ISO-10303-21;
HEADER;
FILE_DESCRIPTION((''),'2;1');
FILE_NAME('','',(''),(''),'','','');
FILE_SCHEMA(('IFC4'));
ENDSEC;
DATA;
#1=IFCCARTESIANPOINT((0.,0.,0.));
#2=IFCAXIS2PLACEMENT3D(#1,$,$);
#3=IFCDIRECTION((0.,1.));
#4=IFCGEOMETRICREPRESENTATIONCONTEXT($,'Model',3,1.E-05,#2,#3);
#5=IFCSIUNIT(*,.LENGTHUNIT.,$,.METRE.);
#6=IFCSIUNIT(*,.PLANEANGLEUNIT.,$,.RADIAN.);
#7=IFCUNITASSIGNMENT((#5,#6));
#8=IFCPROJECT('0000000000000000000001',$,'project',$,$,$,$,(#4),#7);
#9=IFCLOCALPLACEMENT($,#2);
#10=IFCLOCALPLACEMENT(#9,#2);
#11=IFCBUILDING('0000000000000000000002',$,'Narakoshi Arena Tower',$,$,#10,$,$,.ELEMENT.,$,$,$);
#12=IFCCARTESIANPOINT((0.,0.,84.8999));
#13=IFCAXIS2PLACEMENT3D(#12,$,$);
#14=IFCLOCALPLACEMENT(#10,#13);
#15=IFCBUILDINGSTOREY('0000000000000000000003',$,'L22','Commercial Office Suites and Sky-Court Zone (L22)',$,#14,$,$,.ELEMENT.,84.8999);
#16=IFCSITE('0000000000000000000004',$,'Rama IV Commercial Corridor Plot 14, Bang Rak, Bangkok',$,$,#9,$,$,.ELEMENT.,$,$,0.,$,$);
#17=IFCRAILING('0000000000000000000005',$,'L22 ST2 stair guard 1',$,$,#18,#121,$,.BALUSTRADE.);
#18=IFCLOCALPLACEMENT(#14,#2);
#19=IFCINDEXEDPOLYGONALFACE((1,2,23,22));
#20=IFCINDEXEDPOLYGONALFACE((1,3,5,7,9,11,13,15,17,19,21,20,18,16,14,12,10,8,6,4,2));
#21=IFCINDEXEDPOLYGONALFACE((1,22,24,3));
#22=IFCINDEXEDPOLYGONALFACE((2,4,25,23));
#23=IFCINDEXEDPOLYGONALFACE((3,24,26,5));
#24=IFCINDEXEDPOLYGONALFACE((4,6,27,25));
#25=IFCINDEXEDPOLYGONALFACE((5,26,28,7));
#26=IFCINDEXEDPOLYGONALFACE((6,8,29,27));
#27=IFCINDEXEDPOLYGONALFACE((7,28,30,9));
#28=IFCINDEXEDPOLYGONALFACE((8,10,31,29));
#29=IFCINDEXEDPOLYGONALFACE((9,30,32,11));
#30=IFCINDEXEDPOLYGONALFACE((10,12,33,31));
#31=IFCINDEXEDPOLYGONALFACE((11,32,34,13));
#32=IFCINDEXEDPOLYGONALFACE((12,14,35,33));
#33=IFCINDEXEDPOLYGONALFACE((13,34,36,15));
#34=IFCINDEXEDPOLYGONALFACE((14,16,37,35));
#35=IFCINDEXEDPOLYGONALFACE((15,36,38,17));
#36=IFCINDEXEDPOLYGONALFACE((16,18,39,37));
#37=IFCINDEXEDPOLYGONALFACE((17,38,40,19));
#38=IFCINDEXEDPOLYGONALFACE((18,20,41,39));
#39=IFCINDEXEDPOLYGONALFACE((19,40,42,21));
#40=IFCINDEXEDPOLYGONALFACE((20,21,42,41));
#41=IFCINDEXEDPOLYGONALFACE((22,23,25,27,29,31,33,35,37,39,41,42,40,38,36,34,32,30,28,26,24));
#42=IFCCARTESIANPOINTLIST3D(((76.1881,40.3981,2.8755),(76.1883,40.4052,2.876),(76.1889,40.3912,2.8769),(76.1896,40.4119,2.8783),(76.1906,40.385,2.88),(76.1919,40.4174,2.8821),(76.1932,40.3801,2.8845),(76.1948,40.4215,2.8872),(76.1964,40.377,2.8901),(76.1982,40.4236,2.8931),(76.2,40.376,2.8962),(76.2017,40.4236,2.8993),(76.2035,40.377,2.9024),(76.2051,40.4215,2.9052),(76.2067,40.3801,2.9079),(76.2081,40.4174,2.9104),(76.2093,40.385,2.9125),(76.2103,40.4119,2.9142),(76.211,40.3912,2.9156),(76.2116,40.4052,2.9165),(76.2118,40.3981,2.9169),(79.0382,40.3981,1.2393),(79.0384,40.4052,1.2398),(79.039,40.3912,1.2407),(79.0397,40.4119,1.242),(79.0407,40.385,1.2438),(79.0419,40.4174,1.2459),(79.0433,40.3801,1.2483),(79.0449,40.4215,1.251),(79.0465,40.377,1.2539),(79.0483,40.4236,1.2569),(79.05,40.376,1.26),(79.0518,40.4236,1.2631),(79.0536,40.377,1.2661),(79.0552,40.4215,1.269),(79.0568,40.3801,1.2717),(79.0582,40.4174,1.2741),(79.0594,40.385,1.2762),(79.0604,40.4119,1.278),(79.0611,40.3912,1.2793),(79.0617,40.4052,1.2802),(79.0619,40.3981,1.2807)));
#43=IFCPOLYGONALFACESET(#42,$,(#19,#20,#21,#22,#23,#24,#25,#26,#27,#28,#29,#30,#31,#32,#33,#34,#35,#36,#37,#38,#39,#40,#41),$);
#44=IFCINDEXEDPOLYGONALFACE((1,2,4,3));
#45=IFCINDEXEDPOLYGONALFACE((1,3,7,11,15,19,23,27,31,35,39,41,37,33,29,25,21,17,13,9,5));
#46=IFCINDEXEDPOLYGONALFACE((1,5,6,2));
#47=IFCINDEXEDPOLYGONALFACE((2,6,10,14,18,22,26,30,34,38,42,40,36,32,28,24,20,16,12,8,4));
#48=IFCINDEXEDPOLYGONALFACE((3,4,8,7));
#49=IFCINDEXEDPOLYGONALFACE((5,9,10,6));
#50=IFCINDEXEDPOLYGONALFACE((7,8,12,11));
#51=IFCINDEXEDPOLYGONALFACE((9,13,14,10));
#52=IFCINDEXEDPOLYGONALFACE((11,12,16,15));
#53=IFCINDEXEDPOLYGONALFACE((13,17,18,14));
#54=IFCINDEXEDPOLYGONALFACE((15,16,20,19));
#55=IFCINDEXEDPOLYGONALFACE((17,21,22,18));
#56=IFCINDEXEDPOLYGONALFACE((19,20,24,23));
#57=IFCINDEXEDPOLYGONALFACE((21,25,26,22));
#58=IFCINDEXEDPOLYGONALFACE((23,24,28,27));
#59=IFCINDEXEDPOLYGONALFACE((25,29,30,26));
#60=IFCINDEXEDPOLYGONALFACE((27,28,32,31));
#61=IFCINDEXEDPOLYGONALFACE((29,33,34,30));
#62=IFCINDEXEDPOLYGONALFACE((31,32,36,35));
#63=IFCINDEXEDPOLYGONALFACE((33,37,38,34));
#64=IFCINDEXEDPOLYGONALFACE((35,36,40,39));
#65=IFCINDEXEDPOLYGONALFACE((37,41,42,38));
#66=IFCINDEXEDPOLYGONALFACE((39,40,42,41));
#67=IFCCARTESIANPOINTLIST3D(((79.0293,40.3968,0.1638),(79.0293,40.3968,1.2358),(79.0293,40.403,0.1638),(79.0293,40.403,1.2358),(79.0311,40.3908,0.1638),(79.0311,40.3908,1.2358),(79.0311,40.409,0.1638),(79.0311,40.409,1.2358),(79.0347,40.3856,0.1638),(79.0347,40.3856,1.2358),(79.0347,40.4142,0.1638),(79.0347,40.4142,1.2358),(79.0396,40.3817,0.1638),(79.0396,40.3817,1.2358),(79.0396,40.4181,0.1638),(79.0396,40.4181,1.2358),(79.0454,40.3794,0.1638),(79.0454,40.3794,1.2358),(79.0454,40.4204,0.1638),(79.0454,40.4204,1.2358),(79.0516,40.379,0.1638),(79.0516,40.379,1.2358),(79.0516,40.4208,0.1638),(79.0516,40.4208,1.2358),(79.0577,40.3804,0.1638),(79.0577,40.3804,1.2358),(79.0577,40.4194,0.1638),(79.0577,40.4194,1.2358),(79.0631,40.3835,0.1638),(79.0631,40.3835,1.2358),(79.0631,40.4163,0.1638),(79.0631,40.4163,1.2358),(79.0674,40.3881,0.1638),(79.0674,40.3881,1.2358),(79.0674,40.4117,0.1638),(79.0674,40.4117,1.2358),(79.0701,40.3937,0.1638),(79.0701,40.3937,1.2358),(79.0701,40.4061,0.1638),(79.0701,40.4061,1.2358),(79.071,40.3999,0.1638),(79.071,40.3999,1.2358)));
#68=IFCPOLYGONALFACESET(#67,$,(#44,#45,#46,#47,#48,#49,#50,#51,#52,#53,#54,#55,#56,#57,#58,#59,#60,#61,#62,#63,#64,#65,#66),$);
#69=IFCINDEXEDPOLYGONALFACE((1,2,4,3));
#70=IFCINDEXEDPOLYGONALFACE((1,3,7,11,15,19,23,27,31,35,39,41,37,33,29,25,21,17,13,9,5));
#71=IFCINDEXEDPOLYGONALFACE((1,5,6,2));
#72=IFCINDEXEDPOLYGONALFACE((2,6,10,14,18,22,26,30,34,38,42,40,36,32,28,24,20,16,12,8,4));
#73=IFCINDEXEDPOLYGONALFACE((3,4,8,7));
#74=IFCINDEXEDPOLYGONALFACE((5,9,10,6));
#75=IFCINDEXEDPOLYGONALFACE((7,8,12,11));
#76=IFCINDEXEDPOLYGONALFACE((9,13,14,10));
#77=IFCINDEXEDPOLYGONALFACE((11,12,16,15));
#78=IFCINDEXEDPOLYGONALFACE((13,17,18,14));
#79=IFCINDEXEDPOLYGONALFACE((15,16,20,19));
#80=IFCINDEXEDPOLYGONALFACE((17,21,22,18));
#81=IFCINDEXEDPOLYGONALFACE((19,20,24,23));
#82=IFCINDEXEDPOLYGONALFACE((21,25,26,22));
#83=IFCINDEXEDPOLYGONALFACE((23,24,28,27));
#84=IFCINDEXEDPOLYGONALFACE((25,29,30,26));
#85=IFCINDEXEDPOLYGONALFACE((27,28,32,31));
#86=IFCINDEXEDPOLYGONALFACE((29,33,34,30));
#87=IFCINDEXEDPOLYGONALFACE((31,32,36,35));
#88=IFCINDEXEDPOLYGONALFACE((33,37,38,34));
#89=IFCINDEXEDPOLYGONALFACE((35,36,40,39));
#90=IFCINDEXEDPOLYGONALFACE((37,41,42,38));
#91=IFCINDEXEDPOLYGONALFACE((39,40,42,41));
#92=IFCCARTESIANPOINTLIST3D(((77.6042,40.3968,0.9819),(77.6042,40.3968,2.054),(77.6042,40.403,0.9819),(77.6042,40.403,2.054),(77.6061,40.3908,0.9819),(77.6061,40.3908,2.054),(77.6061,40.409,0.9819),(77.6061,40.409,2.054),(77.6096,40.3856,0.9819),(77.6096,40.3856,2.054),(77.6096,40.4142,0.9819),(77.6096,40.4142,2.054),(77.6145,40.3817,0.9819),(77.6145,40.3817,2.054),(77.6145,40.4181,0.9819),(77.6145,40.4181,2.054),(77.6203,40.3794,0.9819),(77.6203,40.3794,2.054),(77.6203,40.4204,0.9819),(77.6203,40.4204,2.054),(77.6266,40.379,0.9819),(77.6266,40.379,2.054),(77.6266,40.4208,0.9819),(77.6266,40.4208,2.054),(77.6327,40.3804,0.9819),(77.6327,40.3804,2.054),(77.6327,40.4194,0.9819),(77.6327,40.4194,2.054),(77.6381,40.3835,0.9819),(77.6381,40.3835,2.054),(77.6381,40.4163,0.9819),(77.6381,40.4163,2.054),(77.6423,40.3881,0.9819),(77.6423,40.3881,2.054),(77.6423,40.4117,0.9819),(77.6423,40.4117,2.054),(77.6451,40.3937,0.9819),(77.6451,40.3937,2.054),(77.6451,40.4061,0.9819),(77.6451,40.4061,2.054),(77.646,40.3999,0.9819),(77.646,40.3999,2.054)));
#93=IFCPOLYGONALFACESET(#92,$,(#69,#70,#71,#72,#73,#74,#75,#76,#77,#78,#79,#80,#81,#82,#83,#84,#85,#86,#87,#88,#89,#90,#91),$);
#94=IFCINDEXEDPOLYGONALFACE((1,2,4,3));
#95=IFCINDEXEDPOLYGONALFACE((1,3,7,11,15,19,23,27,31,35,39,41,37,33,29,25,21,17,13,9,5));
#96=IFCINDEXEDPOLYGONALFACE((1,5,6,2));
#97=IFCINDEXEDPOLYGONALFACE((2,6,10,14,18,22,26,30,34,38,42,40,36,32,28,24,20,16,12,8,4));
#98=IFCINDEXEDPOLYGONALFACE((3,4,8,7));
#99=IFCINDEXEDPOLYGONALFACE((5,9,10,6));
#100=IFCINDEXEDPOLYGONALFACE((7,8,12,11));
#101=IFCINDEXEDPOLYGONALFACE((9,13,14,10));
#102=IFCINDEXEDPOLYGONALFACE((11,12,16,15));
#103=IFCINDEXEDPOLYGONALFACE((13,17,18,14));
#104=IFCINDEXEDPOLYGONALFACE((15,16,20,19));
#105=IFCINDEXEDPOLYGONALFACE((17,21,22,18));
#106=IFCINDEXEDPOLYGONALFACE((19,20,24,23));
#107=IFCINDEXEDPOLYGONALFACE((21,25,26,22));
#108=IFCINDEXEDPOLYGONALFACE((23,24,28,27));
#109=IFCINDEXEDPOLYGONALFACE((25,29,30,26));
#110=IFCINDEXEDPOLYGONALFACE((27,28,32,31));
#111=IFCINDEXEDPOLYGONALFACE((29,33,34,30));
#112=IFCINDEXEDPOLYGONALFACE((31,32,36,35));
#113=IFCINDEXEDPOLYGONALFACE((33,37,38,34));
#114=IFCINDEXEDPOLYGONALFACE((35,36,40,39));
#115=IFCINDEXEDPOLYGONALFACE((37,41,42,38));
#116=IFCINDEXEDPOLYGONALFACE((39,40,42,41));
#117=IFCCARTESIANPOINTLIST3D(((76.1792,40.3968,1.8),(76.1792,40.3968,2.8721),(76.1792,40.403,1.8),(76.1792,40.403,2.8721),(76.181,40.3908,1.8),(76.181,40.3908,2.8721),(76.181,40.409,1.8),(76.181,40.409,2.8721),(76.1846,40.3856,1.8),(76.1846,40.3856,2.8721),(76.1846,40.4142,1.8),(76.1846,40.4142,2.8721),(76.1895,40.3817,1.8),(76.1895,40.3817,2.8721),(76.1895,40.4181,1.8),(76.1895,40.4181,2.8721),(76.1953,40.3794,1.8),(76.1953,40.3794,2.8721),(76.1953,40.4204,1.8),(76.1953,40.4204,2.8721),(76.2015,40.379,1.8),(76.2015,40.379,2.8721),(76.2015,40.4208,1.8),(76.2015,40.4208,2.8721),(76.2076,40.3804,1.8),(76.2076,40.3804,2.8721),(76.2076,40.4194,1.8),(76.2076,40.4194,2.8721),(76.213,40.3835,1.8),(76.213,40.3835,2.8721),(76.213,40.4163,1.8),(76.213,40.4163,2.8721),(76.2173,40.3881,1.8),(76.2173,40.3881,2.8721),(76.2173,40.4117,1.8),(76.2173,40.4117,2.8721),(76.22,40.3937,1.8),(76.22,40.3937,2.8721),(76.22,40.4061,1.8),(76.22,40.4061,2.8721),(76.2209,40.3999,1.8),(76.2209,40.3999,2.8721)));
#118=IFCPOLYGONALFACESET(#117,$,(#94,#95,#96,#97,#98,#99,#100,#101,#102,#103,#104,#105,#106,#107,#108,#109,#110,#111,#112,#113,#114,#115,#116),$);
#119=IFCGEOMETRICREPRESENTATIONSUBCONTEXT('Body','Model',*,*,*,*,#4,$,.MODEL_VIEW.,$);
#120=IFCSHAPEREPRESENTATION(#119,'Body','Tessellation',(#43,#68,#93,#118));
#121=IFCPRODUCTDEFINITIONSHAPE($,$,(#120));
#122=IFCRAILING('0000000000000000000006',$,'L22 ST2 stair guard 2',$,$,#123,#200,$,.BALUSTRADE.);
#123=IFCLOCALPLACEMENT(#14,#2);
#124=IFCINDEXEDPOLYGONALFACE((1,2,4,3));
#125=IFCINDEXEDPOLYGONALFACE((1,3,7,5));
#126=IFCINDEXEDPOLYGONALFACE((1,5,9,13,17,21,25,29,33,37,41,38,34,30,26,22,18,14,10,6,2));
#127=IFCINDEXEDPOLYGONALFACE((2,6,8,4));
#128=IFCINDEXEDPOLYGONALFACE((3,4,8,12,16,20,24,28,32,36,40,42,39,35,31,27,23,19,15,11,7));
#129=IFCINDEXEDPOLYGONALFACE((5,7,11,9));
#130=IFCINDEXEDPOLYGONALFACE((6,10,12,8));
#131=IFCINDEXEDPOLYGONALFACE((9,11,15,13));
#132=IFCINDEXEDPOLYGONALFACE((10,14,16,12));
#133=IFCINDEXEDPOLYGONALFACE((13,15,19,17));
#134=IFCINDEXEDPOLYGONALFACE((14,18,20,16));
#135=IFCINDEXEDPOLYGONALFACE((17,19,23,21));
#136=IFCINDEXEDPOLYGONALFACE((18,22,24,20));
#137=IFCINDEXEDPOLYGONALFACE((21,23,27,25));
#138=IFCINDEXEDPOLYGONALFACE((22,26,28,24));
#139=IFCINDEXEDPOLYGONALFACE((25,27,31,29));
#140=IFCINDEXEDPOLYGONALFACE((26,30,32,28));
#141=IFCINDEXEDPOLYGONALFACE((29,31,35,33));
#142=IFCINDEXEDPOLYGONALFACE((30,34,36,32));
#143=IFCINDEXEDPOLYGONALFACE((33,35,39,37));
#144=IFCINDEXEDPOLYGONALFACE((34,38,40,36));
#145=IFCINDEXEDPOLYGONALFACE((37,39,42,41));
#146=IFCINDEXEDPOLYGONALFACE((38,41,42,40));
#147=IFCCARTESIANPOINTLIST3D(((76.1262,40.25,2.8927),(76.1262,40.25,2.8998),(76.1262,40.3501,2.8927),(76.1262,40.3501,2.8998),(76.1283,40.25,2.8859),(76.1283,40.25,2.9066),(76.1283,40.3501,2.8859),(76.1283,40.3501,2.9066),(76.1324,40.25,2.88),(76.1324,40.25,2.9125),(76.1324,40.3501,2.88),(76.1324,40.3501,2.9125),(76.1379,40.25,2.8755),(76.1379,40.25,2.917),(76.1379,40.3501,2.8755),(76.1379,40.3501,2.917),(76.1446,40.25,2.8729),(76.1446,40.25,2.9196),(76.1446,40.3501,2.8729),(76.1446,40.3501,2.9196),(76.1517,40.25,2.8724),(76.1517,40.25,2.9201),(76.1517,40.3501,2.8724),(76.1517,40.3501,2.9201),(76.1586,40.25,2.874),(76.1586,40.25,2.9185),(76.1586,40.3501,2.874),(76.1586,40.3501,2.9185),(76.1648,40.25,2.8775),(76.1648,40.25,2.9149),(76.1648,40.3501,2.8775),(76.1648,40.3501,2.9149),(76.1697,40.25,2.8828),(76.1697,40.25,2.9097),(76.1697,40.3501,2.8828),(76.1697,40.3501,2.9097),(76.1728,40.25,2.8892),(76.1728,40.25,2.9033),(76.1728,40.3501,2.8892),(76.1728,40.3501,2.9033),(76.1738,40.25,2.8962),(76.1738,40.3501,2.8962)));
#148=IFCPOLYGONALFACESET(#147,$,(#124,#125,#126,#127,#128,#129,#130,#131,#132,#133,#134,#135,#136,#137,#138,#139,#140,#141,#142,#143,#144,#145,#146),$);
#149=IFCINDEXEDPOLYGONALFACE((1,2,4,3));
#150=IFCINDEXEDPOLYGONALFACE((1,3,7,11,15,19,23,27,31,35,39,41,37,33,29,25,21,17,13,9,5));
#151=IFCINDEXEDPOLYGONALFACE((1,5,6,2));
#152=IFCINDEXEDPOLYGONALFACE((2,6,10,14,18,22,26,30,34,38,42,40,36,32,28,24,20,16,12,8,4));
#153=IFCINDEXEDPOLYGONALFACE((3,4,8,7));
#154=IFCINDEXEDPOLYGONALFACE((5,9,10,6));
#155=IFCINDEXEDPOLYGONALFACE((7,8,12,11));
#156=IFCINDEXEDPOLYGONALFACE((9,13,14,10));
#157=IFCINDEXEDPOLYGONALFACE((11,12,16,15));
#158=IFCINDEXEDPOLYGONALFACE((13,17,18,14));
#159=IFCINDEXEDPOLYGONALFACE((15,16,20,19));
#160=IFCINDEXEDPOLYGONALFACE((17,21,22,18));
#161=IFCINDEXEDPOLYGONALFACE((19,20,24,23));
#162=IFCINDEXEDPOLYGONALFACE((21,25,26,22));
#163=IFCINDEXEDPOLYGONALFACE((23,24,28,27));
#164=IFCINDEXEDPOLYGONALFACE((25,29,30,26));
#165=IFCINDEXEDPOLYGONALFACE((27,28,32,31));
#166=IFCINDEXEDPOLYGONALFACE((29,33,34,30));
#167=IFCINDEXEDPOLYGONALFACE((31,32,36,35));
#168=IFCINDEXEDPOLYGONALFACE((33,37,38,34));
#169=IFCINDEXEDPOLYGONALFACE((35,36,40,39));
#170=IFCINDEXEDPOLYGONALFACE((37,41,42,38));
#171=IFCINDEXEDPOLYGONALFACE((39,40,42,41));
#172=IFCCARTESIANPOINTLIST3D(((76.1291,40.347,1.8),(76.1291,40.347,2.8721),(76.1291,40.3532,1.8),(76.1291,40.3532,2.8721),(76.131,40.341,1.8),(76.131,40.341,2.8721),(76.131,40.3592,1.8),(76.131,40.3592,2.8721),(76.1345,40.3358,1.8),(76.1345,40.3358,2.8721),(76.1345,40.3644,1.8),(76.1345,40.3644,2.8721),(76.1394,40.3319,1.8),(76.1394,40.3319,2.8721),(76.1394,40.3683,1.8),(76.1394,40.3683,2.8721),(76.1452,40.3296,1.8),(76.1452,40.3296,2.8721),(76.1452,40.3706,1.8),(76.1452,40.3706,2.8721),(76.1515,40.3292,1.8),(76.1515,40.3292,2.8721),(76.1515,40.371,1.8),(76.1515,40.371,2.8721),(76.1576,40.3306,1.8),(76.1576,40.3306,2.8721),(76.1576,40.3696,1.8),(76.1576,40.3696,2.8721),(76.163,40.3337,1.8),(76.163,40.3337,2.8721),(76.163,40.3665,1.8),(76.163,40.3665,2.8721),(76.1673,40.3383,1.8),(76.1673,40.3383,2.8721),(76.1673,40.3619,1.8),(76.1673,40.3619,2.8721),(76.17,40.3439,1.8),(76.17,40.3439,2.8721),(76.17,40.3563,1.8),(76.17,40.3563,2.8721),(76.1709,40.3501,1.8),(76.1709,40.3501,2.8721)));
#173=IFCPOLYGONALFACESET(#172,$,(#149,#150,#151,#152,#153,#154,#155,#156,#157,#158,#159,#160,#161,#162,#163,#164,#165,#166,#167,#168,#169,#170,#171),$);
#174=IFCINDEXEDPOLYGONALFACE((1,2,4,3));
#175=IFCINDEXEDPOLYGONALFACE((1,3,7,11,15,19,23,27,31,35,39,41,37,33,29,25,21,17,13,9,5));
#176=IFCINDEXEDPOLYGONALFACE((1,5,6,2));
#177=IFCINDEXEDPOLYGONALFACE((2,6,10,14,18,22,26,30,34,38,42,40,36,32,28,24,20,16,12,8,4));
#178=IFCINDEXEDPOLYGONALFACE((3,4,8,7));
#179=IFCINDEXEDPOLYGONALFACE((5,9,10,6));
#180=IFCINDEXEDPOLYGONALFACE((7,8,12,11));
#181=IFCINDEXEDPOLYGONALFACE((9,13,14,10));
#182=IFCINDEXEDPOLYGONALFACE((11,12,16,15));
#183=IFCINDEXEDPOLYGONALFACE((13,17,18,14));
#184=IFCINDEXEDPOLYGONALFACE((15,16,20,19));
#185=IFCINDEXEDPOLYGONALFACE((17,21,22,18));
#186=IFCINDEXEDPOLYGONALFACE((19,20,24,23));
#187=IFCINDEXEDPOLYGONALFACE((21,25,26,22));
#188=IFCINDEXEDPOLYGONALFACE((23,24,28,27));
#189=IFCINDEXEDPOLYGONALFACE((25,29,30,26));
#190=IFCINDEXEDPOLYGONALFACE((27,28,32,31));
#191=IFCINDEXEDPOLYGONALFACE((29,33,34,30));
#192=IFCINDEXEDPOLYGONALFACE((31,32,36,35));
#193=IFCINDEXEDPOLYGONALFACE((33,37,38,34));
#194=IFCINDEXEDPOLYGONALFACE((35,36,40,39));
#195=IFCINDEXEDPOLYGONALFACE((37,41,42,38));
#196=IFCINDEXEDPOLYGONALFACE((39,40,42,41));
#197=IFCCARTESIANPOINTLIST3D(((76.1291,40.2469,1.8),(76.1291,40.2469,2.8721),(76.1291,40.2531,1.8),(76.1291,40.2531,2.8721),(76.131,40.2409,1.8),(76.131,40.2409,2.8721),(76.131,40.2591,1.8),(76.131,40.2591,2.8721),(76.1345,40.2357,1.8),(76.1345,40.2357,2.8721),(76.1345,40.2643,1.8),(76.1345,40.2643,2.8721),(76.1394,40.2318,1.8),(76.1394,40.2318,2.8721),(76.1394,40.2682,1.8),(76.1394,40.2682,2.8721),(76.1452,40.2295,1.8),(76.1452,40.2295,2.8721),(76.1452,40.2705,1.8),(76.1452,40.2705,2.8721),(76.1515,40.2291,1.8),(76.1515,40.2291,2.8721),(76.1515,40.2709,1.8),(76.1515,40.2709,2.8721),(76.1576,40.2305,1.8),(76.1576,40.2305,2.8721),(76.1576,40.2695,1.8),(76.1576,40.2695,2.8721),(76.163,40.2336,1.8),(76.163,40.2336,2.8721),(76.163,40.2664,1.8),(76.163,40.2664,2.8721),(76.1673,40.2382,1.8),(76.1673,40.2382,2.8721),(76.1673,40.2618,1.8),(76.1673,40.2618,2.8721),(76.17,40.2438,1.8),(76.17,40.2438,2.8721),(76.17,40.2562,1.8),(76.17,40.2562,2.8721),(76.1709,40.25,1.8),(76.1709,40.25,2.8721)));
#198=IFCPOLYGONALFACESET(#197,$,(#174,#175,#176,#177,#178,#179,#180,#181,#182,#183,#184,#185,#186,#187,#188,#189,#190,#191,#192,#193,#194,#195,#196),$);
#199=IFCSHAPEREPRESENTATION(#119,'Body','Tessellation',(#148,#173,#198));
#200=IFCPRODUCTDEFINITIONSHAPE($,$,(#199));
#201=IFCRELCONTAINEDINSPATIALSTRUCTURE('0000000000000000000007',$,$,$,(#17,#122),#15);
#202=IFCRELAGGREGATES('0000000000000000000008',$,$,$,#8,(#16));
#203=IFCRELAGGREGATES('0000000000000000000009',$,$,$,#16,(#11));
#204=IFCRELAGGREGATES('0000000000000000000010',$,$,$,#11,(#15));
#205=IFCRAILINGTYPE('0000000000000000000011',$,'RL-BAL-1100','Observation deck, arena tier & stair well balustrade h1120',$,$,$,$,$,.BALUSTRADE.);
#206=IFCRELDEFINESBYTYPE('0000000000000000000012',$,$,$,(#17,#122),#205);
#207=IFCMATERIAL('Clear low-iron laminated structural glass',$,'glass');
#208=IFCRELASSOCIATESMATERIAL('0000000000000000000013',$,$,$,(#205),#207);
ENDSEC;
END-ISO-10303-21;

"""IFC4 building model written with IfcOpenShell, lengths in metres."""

from ifc_helpers import new_model, si_unit, direction, frame, origin, origin_2d, place, context, subcontext, project, spatial, circle, extrude, material, type_object, element, save


model = new_model("IFC4")

# Units and contexts
model_context = context("Model", 3, precision=1e-05, world=origin(), true_north=direction((0.0, 1.0)))
body_context = subcontext(model_context, "Body", "Model", "MODEL_VIEW")
ifc_project = project(units=[si_unit("LENGTHUNIT", "METRE"), si_unit("PLANEANGLEUNIT", "RADIAN")], contexts=[model_context])

# Site, building, storey
site_placement = place(None, origin())
site = spatial("IfcSite", under=ifc_project, at=site_placement, Name="Rama IV Commercial Corridor Plot 14, Bang Rak, Bangkok", CompositionType="ELEMENT", RefElevation=0.0)
building_placement = place(site_placement, origin())
building = spatial("IfcBuilding", under=site, at=building_placement, Name="Narakoshi Arena Tower", CompositionType="ELEMENT")
storey_placement = place(building_placement, frame((0.0, 0.0, 84.8999)))
storey = spatial("IfcBuildingStorey", under=building, at=storey_placement, Name="L22", Description="Commercial Office Suites and Sky-Court Zone (L22)", CompositionType="ELEMENT", Elevation=84.8999)

# Railings
ifc_material_1 = material(Name="Clear low-iron laminated structural glass", Category="glass")
railing_type_1 = type_object("IfcRailingType", Name="RL-BAL-1100", Description="Observation deck, arena tier & stair well balustrade h1120", PredefinedType="BALUSTRADE", material=ifc_material_1)
railing_1_placement = place(storey_placement, frame((79.05, 40.3999, 0.1638)))
element("IfcRailing", 1, at=railing_1_placement, inside=storey, type_object=railing_type_1, Name="L22 ST2 stair guard 1", PredefinedType="BALUSTRADE", context=body_context, shape_type="SweptSolid", body=[
    extrude(circle(Radius=0.0239, at=origin_2d()), frame((0.0, 0.0, 1.0962), z_axis=(-0.867245, 0.0, 0.497882), x_axis=(0.0, -1.0, 0.0)), (0.0, 0.0, 1.0), 3.2864),
    extrude(circle(Radius=0.021, at=origin_2d()), origin(), (0.0, 0.0, 1.0), 1.072),
    extrude(circle(Radius=0.021, at=origin_2d()), frame((-1.425, 0.0, 0.8181)), (0.0, 0.0, 1.0), 1.072),
    extrude(circle(Radius=0.021, at=origin_2d()), frame((-2.8501, 0.0, 1.6362)), (0.0, 0.0, 1.0), 1.072),
])
railing_2_placement = place(storey_placement, frame((76.1499, 40.3501, 1.8)))
element("IfcRailing", 2, at=railing_2_placement, inside=storey, type_object=railing_type_1, Name="L22 ST2 stair guard 2", PredefinedType="BALUSTRADE", context=body_context, shape_type="SweptSolid", body=[
    extrude(circle(Radius=0.0239, at=origin_2d()), frame((0.0, 0.0, 1.0962), z_axis=(0.0, -1.0, 0.0), x_axis=(1.0, 0.0, 0.0)), (0.0, 0.0, 1.0), 0.1001),
    extrude(circle(Radius=0.021, at=origin_2d()), origin(), (0.0, 0.0, 1.0), 1.072),
    extrude(circle(Radius=0.021, at=origin_2d()), frame((0.0, -0.1001, 0.0)), (0.0, 0.0, 1.0), 1.072),
])

save(model, "model.ifc")
